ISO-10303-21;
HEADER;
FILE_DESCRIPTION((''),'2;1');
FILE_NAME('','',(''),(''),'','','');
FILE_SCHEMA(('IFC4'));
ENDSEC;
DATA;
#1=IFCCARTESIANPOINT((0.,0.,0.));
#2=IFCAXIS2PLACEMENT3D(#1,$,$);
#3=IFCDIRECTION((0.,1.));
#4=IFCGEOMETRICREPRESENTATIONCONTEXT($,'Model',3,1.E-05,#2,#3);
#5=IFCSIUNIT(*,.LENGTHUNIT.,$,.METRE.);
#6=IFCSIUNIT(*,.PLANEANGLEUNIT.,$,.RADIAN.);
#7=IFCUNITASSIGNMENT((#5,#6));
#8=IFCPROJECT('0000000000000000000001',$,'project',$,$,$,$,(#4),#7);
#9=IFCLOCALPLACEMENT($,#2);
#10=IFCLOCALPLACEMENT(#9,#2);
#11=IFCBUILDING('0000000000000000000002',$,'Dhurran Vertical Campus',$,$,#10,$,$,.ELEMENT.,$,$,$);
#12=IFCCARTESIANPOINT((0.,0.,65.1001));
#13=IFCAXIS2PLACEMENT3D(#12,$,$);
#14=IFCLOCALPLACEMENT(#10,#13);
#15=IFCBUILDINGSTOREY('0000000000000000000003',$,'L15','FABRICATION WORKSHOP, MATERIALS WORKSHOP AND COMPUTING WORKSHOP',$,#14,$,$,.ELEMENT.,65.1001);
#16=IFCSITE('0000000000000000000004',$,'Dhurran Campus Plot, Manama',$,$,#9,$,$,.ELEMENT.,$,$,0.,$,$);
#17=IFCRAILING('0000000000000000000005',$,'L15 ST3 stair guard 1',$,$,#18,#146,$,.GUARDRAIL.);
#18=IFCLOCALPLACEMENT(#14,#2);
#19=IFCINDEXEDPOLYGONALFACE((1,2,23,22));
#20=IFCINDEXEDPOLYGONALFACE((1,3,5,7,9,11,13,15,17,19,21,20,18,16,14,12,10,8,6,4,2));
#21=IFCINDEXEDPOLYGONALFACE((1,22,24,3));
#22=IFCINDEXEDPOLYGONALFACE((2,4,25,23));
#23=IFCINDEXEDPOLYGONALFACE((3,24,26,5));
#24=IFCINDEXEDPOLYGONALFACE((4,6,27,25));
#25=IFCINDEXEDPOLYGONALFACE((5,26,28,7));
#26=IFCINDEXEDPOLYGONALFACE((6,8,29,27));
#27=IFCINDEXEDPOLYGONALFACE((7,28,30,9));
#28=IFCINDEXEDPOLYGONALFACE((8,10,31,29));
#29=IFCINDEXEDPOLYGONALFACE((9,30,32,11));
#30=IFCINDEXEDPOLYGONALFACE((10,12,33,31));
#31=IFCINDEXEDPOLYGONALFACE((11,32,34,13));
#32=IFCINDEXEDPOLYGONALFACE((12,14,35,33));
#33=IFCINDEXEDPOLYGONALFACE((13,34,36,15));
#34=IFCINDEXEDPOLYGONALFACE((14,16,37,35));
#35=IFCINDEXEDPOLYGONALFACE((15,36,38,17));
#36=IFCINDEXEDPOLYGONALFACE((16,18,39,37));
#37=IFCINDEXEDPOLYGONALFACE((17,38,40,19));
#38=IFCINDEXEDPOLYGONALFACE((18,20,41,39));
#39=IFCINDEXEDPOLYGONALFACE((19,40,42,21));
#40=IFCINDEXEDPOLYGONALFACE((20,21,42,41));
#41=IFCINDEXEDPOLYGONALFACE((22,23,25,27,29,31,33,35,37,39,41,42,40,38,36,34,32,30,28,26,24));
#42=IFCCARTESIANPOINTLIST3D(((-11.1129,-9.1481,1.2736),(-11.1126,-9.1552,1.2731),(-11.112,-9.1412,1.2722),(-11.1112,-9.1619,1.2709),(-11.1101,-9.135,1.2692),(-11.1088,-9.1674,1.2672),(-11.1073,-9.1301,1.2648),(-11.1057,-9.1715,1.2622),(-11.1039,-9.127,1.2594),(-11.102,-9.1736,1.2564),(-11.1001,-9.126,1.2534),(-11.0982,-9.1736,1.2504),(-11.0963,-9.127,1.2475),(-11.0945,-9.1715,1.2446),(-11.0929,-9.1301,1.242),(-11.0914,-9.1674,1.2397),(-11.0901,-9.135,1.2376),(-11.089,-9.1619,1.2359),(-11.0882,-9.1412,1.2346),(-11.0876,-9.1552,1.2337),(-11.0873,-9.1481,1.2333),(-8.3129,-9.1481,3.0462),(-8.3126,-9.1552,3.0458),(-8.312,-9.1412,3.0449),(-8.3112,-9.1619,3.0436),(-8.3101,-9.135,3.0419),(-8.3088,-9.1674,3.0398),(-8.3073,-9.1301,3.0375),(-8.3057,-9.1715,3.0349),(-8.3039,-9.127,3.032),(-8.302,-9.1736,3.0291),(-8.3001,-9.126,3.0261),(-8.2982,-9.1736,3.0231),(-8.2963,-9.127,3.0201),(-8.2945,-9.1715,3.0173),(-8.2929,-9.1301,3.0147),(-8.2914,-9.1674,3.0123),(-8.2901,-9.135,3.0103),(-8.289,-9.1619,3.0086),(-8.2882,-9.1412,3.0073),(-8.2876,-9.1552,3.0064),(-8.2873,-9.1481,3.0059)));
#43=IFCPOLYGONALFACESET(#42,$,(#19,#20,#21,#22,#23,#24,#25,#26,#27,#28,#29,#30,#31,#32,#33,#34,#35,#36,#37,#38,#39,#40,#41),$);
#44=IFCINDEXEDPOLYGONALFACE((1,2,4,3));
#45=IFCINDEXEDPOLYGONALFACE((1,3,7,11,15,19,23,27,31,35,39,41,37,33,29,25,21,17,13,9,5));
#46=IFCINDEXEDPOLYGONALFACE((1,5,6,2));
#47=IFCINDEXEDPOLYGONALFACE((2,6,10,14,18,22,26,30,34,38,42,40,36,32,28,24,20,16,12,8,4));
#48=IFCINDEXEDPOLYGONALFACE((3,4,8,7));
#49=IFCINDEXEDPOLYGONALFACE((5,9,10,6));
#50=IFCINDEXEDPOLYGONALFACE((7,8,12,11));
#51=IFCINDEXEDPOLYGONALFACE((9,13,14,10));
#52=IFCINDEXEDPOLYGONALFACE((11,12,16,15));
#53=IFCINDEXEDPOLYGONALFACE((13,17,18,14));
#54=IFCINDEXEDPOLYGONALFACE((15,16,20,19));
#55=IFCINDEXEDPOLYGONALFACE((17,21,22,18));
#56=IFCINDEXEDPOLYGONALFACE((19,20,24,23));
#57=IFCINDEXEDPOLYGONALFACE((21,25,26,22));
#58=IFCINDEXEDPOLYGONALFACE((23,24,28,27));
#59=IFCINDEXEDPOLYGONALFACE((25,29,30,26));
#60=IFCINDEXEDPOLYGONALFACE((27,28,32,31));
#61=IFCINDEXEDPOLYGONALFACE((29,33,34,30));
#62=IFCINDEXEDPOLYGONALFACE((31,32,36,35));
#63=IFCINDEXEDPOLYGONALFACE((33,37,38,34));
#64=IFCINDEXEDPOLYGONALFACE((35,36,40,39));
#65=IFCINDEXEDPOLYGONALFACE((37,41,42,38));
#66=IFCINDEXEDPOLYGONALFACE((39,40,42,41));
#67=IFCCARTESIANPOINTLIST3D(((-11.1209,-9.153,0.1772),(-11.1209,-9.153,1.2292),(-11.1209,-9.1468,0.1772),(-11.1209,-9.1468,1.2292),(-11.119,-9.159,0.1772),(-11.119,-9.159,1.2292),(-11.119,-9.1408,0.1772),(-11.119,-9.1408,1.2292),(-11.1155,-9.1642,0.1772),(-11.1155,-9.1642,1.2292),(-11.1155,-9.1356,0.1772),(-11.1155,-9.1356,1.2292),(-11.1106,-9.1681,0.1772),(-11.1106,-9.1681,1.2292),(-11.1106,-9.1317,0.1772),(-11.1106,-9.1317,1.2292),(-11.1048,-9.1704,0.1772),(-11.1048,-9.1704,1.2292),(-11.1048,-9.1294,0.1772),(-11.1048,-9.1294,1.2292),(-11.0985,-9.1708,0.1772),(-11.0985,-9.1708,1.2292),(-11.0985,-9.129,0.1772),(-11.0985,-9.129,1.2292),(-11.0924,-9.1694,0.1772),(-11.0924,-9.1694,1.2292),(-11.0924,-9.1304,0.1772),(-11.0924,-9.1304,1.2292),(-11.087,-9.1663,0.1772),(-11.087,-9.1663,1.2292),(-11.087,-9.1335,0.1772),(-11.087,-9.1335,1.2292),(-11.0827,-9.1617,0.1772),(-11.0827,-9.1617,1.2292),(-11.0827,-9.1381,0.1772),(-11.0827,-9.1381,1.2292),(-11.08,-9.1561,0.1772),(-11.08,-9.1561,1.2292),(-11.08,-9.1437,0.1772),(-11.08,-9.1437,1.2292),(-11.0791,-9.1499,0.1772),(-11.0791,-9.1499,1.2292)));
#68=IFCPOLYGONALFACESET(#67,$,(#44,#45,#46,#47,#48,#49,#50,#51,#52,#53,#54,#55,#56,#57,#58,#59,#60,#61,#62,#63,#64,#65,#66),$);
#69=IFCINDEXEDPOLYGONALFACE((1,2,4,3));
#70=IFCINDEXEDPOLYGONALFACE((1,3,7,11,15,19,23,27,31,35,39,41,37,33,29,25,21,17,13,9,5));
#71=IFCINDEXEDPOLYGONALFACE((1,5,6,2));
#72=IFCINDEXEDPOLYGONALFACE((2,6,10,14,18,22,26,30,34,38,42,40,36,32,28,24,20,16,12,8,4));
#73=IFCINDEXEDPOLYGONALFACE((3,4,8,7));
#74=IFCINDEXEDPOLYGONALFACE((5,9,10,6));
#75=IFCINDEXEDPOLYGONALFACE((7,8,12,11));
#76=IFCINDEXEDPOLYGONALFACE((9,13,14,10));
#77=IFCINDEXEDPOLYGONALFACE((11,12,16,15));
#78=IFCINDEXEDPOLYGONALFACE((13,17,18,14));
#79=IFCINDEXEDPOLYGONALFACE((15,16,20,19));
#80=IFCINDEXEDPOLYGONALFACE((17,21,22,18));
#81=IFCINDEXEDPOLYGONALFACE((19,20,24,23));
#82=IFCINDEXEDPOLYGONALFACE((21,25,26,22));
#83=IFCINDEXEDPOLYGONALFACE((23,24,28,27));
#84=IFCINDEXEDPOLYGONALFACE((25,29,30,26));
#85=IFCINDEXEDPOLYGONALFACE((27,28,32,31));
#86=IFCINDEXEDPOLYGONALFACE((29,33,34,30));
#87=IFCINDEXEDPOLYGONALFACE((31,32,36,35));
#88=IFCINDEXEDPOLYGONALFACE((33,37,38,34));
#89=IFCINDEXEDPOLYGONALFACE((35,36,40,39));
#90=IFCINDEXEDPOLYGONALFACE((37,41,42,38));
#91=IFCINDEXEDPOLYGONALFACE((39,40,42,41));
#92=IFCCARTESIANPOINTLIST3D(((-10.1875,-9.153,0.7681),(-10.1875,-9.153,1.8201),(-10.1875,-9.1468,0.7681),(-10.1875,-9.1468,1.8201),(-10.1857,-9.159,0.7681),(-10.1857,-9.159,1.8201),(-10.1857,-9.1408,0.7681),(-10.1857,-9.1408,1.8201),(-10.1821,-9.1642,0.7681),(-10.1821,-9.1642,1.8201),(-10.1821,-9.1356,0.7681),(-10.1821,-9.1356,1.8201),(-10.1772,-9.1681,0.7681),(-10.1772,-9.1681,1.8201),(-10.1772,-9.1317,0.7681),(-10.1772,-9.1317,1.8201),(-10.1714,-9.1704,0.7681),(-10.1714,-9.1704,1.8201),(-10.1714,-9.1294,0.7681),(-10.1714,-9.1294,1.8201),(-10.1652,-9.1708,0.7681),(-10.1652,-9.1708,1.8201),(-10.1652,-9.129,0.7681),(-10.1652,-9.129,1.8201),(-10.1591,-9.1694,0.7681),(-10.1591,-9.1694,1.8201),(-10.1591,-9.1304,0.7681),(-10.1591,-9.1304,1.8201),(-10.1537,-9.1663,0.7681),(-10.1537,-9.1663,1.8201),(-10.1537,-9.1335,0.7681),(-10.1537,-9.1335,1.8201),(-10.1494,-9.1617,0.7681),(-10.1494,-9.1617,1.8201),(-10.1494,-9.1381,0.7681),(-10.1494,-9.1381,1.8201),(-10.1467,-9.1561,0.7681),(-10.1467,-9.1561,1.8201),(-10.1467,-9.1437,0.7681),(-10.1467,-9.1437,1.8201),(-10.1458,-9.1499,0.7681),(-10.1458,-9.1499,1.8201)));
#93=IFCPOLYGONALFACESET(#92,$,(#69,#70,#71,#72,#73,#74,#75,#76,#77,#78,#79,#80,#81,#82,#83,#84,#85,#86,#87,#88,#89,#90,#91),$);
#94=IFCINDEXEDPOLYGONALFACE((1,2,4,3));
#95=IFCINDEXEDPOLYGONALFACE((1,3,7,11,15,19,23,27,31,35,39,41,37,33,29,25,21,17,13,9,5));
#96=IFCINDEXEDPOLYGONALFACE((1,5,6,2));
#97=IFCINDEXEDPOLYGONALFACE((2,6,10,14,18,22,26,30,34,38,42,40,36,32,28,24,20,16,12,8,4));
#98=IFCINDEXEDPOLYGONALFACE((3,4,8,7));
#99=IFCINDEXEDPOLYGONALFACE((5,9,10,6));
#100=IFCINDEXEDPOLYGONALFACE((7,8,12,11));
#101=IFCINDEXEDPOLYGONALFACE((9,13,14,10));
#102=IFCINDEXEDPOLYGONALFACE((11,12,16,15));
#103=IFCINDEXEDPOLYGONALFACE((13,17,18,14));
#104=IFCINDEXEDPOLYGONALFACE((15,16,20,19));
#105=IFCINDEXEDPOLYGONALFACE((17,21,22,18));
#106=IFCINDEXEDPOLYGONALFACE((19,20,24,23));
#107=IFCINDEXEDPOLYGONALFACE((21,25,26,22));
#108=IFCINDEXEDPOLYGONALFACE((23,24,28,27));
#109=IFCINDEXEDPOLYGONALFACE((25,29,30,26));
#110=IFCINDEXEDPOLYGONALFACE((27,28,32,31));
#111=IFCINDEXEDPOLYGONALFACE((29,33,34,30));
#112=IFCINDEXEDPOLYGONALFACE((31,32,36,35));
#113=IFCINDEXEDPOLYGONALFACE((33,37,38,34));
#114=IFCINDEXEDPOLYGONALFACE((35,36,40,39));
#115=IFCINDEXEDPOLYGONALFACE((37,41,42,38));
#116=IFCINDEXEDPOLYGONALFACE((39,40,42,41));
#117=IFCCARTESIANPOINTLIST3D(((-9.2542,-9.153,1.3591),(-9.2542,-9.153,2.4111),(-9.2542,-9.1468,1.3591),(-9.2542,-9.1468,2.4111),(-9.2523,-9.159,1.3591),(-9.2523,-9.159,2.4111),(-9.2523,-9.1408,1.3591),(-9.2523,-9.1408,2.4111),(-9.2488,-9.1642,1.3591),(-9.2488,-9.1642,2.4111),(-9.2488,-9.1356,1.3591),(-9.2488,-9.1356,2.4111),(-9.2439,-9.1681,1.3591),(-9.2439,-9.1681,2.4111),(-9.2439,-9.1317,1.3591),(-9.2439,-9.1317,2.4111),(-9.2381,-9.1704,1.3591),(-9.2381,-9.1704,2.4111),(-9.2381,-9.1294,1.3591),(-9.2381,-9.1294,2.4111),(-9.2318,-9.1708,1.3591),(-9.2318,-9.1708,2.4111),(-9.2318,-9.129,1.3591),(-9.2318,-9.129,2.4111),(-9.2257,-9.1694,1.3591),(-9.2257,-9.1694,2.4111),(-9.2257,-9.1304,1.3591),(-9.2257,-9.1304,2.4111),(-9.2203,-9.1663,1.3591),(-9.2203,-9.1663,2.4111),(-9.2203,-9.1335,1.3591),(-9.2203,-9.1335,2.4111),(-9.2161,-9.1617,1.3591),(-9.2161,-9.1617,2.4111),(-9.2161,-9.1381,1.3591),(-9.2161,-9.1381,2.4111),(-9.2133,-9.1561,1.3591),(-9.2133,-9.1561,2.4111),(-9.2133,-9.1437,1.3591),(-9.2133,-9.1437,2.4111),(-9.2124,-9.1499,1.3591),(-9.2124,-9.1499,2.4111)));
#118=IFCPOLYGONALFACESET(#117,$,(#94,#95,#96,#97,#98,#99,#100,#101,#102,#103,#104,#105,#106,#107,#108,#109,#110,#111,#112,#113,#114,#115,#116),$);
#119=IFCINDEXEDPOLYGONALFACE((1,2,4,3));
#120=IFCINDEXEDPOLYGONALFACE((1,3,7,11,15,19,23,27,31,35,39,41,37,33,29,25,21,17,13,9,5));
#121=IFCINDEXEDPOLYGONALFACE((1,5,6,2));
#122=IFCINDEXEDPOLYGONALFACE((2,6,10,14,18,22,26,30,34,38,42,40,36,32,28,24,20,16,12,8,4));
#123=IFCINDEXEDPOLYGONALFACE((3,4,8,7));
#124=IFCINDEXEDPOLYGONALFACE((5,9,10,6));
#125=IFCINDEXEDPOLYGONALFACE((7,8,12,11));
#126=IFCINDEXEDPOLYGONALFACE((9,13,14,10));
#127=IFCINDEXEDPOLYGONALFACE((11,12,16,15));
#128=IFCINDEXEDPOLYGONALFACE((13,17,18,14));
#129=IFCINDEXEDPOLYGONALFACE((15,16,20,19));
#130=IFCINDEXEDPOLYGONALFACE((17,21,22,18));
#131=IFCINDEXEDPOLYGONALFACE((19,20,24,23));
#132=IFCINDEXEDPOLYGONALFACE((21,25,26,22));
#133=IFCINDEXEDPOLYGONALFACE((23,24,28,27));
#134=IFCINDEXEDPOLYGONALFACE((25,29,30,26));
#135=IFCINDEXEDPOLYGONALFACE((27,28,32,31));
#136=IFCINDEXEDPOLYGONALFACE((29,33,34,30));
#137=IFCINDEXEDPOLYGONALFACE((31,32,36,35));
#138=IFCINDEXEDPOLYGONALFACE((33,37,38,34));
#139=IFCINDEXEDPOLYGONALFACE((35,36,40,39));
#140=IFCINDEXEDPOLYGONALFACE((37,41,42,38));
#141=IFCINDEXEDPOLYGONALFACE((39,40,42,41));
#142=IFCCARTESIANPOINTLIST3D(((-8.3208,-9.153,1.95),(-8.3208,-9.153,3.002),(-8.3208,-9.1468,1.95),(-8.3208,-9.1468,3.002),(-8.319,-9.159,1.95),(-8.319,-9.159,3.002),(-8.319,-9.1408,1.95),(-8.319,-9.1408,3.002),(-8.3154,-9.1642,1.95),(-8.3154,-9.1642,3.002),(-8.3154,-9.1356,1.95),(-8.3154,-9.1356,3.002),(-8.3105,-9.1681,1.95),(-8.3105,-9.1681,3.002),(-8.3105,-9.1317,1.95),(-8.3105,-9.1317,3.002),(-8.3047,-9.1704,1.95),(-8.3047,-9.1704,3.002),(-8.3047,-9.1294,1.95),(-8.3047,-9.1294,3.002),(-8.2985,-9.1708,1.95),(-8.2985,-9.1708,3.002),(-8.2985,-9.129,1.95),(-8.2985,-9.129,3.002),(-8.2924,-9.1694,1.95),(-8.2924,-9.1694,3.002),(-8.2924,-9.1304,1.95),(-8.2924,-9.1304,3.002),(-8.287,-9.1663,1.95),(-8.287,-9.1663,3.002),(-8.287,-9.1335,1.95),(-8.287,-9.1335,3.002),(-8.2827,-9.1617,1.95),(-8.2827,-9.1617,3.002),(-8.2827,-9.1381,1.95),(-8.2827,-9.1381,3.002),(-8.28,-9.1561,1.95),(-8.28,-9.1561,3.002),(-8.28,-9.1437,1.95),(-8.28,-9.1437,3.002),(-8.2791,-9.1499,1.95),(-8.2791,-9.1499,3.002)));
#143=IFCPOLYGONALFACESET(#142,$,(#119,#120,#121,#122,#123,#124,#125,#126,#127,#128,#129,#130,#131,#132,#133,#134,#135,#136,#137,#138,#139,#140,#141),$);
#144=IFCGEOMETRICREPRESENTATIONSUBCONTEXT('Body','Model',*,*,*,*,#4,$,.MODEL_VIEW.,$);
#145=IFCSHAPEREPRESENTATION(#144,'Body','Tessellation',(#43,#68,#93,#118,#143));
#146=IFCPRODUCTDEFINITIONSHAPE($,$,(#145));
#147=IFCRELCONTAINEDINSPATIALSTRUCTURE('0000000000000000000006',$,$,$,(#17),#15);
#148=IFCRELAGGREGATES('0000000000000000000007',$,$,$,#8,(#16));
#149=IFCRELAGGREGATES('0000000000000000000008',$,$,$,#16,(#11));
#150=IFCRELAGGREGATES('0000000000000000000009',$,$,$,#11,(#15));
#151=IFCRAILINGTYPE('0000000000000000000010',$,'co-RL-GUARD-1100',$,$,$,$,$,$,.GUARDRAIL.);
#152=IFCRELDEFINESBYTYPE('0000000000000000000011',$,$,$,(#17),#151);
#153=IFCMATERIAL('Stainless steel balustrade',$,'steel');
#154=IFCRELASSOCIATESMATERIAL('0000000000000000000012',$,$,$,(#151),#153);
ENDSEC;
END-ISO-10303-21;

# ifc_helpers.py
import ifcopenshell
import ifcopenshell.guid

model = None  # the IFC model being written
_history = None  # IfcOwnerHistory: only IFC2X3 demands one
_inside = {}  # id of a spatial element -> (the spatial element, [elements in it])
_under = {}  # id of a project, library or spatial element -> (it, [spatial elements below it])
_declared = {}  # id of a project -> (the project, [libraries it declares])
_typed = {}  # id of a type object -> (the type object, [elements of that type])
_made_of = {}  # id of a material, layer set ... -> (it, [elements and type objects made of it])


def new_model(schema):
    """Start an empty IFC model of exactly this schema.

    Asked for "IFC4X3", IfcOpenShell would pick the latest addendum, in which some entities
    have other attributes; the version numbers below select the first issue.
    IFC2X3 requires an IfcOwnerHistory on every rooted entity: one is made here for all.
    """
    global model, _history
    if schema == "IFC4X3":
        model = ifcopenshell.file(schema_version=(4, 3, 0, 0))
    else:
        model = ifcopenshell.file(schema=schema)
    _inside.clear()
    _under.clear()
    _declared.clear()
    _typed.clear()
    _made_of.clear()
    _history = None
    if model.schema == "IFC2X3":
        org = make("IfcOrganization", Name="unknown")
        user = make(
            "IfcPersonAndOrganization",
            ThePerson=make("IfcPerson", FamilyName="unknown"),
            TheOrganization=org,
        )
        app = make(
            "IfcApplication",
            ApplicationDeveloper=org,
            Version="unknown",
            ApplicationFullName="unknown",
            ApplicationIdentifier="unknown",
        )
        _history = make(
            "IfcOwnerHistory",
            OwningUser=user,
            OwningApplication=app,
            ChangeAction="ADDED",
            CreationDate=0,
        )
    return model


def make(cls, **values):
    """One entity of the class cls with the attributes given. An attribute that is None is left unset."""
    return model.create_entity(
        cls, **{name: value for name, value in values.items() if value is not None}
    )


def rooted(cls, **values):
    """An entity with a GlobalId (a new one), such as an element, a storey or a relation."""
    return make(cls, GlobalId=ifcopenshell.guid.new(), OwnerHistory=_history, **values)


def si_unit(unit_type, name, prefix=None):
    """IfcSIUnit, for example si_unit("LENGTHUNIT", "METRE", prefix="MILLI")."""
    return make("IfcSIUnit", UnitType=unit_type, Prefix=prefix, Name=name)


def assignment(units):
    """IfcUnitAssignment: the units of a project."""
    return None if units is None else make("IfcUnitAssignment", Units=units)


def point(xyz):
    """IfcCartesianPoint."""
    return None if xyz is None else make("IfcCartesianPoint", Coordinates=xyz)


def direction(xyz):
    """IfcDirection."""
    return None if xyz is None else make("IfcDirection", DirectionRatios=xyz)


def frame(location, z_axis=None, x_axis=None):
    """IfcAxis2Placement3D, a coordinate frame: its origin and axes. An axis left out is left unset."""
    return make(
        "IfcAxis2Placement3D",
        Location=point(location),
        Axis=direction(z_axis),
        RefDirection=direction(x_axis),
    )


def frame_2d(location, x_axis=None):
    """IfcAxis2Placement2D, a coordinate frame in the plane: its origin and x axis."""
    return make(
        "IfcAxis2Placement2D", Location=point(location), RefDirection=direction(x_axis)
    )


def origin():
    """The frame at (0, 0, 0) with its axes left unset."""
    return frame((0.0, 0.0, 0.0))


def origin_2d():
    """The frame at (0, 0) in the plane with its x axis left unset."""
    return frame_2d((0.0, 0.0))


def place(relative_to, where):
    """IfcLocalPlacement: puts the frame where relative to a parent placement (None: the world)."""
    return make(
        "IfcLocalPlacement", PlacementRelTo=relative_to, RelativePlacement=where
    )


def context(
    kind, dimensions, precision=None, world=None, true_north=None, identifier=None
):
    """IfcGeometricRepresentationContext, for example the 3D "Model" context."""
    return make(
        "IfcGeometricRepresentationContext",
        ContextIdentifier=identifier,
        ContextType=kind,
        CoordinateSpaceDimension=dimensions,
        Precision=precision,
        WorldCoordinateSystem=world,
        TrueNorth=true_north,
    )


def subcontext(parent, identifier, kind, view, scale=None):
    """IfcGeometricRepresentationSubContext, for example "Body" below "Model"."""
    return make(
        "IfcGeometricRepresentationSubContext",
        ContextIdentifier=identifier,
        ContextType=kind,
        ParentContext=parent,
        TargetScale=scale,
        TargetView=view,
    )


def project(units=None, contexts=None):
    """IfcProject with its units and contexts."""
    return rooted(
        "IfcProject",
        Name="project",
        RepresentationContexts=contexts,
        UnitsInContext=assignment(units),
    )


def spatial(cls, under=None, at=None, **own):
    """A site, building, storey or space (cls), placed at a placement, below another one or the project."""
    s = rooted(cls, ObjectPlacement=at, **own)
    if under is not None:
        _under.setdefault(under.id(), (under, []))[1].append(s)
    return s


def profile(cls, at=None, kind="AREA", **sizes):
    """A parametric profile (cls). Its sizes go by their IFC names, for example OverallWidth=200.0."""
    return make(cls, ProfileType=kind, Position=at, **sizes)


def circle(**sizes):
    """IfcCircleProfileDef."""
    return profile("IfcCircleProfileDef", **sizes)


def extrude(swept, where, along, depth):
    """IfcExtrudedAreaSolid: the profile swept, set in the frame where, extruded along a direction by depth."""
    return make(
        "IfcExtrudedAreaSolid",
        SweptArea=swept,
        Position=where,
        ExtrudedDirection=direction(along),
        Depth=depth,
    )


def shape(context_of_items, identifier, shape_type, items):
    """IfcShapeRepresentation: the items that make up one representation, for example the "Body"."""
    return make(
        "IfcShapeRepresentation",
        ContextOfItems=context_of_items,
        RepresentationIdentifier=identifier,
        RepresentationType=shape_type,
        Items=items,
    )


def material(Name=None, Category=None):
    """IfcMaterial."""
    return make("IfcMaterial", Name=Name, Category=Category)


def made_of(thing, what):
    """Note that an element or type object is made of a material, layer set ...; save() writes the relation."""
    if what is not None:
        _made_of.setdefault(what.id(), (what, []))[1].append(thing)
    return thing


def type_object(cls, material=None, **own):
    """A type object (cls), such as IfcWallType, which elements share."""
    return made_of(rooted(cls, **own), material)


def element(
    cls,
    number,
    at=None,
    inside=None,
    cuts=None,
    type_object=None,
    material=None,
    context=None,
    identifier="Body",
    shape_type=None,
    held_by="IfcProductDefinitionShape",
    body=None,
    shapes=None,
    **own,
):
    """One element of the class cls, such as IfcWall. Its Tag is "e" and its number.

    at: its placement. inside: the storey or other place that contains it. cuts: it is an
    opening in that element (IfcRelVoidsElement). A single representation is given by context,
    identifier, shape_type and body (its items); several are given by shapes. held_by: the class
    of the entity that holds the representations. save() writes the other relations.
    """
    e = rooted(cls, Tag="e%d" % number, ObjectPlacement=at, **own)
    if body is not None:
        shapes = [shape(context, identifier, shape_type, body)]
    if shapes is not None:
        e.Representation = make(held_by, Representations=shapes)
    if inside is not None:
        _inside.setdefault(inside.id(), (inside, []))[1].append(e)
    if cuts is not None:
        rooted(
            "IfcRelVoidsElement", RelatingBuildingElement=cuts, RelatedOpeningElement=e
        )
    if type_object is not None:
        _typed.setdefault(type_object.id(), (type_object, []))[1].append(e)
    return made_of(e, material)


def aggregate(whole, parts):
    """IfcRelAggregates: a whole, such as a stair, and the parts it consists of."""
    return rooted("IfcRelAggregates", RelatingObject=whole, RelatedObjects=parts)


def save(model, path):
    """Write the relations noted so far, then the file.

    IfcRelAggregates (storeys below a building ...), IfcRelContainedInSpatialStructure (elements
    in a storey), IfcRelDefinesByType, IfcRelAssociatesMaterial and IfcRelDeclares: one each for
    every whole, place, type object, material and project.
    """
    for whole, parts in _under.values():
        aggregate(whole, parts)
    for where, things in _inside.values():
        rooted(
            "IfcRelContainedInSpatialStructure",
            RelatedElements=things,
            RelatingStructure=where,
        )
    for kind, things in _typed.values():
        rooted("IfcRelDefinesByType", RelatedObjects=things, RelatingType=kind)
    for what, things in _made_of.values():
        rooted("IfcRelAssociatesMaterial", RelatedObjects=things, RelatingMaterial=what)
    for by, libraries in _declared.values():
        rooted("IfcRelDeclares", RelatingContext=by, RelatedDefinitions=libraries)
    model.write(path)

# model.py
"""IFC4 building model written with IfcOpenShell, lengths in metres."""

from ifc_helpers import new_model, si_unit, direction, frame, origin, origin_2d, place, context, subcontext, project, spatial, circle, extrude, material, type_object, element, save


model = new_model("IFC4")

# Units and contexts
model_context = context("Model", 3, precision=1e-05, world=origin(), true_north=direction((0.0, 1.0)))
body_context = subcontext(model_context, "Body", "Model", "MODEL_VIEW")
ifc_project = project(units=[si_unit("LENGTHUNIT", "METRE"), si_unit("PLANEANGLEUNIT", "RADIAN")], contexts=[model_context])

# Site, building, storey
site_placement = place(None, origin())
site = spatial("IfcSite", under=ifc_project, at=site_placement, Name="Dhurran Campus Plot, Manama", CompositionType="ELEMENT", RefElevation=0.0)
building_placement = place(site_placement, origin())
building = spatial("IfcBuilding", under=site, at=building_placement, Name="Dhurran Vertical Campus", CompositionType="ELEMENT")
storey_placement = place(building_placement, frame((0.0, 0.0, 65.1001)))
storey = spatial("IfcBuildingStorey", under=building, at=storey_placement, Name="L15", Description="FABRICATION WORKSHOP, MATERIALS WORKSHOP AND COMPUTING WORKSHOP", CompositionType="ELEMENT", Elevation=65.1001)

# Railing
ifc_material_1 = material(Name="Stainless steel balustrade", Category="steel")
railing_type_1 = type_object("IfcRailingType", Name="co-RL-GUARD-1100", PredefinedType="GUARDRAIL", material=ifc_material_1)
railing_1_placement = place(storey_placement, frame((-11.1001, -9.1499, 0.1772)))
element("IfcRailing", 1, at=railing_1_placement, inside=storey, type_object=railing_type_1, Name="L15 ST3 stair guard 1", PredefinedType="GUARDRAIL", context=body_context, shape_type="SweptSolid", body=[
    extrude(circle(Radius=0.0239, at=origin_2d()), frame((0.0, 0.0, 1.0762), z_axis=(0.844909, 0.0, 0.53491), x_axis=(0.0, 1.0, 0.0)), (0.0, 0.0, 1.0), 3.314),
    extrude(circle(Radius=0.021, at=origin_2d()), origin(), (0.0, 0.0, 1.0), 1.052),
    extrude(circle(Radius=0.021, at=origin_2d()), frame((0.9333, 0.0, 0.5908)), (0.0, 0.0, 1.0), 1.052),
    extrude(circle(Radius=0.021, at=origin_2d()), frame((1.8667, 0.0, 1.1819)), (0.0, 0.0, 1.0), 1.052),
    extrude(circle(Radius=0.021, at=origin_2d()), frame((2.8, 0.0, 1.7727)), (0.0, 0.0, 1.0), 1.052),
])

save(model, "model.ifc")
